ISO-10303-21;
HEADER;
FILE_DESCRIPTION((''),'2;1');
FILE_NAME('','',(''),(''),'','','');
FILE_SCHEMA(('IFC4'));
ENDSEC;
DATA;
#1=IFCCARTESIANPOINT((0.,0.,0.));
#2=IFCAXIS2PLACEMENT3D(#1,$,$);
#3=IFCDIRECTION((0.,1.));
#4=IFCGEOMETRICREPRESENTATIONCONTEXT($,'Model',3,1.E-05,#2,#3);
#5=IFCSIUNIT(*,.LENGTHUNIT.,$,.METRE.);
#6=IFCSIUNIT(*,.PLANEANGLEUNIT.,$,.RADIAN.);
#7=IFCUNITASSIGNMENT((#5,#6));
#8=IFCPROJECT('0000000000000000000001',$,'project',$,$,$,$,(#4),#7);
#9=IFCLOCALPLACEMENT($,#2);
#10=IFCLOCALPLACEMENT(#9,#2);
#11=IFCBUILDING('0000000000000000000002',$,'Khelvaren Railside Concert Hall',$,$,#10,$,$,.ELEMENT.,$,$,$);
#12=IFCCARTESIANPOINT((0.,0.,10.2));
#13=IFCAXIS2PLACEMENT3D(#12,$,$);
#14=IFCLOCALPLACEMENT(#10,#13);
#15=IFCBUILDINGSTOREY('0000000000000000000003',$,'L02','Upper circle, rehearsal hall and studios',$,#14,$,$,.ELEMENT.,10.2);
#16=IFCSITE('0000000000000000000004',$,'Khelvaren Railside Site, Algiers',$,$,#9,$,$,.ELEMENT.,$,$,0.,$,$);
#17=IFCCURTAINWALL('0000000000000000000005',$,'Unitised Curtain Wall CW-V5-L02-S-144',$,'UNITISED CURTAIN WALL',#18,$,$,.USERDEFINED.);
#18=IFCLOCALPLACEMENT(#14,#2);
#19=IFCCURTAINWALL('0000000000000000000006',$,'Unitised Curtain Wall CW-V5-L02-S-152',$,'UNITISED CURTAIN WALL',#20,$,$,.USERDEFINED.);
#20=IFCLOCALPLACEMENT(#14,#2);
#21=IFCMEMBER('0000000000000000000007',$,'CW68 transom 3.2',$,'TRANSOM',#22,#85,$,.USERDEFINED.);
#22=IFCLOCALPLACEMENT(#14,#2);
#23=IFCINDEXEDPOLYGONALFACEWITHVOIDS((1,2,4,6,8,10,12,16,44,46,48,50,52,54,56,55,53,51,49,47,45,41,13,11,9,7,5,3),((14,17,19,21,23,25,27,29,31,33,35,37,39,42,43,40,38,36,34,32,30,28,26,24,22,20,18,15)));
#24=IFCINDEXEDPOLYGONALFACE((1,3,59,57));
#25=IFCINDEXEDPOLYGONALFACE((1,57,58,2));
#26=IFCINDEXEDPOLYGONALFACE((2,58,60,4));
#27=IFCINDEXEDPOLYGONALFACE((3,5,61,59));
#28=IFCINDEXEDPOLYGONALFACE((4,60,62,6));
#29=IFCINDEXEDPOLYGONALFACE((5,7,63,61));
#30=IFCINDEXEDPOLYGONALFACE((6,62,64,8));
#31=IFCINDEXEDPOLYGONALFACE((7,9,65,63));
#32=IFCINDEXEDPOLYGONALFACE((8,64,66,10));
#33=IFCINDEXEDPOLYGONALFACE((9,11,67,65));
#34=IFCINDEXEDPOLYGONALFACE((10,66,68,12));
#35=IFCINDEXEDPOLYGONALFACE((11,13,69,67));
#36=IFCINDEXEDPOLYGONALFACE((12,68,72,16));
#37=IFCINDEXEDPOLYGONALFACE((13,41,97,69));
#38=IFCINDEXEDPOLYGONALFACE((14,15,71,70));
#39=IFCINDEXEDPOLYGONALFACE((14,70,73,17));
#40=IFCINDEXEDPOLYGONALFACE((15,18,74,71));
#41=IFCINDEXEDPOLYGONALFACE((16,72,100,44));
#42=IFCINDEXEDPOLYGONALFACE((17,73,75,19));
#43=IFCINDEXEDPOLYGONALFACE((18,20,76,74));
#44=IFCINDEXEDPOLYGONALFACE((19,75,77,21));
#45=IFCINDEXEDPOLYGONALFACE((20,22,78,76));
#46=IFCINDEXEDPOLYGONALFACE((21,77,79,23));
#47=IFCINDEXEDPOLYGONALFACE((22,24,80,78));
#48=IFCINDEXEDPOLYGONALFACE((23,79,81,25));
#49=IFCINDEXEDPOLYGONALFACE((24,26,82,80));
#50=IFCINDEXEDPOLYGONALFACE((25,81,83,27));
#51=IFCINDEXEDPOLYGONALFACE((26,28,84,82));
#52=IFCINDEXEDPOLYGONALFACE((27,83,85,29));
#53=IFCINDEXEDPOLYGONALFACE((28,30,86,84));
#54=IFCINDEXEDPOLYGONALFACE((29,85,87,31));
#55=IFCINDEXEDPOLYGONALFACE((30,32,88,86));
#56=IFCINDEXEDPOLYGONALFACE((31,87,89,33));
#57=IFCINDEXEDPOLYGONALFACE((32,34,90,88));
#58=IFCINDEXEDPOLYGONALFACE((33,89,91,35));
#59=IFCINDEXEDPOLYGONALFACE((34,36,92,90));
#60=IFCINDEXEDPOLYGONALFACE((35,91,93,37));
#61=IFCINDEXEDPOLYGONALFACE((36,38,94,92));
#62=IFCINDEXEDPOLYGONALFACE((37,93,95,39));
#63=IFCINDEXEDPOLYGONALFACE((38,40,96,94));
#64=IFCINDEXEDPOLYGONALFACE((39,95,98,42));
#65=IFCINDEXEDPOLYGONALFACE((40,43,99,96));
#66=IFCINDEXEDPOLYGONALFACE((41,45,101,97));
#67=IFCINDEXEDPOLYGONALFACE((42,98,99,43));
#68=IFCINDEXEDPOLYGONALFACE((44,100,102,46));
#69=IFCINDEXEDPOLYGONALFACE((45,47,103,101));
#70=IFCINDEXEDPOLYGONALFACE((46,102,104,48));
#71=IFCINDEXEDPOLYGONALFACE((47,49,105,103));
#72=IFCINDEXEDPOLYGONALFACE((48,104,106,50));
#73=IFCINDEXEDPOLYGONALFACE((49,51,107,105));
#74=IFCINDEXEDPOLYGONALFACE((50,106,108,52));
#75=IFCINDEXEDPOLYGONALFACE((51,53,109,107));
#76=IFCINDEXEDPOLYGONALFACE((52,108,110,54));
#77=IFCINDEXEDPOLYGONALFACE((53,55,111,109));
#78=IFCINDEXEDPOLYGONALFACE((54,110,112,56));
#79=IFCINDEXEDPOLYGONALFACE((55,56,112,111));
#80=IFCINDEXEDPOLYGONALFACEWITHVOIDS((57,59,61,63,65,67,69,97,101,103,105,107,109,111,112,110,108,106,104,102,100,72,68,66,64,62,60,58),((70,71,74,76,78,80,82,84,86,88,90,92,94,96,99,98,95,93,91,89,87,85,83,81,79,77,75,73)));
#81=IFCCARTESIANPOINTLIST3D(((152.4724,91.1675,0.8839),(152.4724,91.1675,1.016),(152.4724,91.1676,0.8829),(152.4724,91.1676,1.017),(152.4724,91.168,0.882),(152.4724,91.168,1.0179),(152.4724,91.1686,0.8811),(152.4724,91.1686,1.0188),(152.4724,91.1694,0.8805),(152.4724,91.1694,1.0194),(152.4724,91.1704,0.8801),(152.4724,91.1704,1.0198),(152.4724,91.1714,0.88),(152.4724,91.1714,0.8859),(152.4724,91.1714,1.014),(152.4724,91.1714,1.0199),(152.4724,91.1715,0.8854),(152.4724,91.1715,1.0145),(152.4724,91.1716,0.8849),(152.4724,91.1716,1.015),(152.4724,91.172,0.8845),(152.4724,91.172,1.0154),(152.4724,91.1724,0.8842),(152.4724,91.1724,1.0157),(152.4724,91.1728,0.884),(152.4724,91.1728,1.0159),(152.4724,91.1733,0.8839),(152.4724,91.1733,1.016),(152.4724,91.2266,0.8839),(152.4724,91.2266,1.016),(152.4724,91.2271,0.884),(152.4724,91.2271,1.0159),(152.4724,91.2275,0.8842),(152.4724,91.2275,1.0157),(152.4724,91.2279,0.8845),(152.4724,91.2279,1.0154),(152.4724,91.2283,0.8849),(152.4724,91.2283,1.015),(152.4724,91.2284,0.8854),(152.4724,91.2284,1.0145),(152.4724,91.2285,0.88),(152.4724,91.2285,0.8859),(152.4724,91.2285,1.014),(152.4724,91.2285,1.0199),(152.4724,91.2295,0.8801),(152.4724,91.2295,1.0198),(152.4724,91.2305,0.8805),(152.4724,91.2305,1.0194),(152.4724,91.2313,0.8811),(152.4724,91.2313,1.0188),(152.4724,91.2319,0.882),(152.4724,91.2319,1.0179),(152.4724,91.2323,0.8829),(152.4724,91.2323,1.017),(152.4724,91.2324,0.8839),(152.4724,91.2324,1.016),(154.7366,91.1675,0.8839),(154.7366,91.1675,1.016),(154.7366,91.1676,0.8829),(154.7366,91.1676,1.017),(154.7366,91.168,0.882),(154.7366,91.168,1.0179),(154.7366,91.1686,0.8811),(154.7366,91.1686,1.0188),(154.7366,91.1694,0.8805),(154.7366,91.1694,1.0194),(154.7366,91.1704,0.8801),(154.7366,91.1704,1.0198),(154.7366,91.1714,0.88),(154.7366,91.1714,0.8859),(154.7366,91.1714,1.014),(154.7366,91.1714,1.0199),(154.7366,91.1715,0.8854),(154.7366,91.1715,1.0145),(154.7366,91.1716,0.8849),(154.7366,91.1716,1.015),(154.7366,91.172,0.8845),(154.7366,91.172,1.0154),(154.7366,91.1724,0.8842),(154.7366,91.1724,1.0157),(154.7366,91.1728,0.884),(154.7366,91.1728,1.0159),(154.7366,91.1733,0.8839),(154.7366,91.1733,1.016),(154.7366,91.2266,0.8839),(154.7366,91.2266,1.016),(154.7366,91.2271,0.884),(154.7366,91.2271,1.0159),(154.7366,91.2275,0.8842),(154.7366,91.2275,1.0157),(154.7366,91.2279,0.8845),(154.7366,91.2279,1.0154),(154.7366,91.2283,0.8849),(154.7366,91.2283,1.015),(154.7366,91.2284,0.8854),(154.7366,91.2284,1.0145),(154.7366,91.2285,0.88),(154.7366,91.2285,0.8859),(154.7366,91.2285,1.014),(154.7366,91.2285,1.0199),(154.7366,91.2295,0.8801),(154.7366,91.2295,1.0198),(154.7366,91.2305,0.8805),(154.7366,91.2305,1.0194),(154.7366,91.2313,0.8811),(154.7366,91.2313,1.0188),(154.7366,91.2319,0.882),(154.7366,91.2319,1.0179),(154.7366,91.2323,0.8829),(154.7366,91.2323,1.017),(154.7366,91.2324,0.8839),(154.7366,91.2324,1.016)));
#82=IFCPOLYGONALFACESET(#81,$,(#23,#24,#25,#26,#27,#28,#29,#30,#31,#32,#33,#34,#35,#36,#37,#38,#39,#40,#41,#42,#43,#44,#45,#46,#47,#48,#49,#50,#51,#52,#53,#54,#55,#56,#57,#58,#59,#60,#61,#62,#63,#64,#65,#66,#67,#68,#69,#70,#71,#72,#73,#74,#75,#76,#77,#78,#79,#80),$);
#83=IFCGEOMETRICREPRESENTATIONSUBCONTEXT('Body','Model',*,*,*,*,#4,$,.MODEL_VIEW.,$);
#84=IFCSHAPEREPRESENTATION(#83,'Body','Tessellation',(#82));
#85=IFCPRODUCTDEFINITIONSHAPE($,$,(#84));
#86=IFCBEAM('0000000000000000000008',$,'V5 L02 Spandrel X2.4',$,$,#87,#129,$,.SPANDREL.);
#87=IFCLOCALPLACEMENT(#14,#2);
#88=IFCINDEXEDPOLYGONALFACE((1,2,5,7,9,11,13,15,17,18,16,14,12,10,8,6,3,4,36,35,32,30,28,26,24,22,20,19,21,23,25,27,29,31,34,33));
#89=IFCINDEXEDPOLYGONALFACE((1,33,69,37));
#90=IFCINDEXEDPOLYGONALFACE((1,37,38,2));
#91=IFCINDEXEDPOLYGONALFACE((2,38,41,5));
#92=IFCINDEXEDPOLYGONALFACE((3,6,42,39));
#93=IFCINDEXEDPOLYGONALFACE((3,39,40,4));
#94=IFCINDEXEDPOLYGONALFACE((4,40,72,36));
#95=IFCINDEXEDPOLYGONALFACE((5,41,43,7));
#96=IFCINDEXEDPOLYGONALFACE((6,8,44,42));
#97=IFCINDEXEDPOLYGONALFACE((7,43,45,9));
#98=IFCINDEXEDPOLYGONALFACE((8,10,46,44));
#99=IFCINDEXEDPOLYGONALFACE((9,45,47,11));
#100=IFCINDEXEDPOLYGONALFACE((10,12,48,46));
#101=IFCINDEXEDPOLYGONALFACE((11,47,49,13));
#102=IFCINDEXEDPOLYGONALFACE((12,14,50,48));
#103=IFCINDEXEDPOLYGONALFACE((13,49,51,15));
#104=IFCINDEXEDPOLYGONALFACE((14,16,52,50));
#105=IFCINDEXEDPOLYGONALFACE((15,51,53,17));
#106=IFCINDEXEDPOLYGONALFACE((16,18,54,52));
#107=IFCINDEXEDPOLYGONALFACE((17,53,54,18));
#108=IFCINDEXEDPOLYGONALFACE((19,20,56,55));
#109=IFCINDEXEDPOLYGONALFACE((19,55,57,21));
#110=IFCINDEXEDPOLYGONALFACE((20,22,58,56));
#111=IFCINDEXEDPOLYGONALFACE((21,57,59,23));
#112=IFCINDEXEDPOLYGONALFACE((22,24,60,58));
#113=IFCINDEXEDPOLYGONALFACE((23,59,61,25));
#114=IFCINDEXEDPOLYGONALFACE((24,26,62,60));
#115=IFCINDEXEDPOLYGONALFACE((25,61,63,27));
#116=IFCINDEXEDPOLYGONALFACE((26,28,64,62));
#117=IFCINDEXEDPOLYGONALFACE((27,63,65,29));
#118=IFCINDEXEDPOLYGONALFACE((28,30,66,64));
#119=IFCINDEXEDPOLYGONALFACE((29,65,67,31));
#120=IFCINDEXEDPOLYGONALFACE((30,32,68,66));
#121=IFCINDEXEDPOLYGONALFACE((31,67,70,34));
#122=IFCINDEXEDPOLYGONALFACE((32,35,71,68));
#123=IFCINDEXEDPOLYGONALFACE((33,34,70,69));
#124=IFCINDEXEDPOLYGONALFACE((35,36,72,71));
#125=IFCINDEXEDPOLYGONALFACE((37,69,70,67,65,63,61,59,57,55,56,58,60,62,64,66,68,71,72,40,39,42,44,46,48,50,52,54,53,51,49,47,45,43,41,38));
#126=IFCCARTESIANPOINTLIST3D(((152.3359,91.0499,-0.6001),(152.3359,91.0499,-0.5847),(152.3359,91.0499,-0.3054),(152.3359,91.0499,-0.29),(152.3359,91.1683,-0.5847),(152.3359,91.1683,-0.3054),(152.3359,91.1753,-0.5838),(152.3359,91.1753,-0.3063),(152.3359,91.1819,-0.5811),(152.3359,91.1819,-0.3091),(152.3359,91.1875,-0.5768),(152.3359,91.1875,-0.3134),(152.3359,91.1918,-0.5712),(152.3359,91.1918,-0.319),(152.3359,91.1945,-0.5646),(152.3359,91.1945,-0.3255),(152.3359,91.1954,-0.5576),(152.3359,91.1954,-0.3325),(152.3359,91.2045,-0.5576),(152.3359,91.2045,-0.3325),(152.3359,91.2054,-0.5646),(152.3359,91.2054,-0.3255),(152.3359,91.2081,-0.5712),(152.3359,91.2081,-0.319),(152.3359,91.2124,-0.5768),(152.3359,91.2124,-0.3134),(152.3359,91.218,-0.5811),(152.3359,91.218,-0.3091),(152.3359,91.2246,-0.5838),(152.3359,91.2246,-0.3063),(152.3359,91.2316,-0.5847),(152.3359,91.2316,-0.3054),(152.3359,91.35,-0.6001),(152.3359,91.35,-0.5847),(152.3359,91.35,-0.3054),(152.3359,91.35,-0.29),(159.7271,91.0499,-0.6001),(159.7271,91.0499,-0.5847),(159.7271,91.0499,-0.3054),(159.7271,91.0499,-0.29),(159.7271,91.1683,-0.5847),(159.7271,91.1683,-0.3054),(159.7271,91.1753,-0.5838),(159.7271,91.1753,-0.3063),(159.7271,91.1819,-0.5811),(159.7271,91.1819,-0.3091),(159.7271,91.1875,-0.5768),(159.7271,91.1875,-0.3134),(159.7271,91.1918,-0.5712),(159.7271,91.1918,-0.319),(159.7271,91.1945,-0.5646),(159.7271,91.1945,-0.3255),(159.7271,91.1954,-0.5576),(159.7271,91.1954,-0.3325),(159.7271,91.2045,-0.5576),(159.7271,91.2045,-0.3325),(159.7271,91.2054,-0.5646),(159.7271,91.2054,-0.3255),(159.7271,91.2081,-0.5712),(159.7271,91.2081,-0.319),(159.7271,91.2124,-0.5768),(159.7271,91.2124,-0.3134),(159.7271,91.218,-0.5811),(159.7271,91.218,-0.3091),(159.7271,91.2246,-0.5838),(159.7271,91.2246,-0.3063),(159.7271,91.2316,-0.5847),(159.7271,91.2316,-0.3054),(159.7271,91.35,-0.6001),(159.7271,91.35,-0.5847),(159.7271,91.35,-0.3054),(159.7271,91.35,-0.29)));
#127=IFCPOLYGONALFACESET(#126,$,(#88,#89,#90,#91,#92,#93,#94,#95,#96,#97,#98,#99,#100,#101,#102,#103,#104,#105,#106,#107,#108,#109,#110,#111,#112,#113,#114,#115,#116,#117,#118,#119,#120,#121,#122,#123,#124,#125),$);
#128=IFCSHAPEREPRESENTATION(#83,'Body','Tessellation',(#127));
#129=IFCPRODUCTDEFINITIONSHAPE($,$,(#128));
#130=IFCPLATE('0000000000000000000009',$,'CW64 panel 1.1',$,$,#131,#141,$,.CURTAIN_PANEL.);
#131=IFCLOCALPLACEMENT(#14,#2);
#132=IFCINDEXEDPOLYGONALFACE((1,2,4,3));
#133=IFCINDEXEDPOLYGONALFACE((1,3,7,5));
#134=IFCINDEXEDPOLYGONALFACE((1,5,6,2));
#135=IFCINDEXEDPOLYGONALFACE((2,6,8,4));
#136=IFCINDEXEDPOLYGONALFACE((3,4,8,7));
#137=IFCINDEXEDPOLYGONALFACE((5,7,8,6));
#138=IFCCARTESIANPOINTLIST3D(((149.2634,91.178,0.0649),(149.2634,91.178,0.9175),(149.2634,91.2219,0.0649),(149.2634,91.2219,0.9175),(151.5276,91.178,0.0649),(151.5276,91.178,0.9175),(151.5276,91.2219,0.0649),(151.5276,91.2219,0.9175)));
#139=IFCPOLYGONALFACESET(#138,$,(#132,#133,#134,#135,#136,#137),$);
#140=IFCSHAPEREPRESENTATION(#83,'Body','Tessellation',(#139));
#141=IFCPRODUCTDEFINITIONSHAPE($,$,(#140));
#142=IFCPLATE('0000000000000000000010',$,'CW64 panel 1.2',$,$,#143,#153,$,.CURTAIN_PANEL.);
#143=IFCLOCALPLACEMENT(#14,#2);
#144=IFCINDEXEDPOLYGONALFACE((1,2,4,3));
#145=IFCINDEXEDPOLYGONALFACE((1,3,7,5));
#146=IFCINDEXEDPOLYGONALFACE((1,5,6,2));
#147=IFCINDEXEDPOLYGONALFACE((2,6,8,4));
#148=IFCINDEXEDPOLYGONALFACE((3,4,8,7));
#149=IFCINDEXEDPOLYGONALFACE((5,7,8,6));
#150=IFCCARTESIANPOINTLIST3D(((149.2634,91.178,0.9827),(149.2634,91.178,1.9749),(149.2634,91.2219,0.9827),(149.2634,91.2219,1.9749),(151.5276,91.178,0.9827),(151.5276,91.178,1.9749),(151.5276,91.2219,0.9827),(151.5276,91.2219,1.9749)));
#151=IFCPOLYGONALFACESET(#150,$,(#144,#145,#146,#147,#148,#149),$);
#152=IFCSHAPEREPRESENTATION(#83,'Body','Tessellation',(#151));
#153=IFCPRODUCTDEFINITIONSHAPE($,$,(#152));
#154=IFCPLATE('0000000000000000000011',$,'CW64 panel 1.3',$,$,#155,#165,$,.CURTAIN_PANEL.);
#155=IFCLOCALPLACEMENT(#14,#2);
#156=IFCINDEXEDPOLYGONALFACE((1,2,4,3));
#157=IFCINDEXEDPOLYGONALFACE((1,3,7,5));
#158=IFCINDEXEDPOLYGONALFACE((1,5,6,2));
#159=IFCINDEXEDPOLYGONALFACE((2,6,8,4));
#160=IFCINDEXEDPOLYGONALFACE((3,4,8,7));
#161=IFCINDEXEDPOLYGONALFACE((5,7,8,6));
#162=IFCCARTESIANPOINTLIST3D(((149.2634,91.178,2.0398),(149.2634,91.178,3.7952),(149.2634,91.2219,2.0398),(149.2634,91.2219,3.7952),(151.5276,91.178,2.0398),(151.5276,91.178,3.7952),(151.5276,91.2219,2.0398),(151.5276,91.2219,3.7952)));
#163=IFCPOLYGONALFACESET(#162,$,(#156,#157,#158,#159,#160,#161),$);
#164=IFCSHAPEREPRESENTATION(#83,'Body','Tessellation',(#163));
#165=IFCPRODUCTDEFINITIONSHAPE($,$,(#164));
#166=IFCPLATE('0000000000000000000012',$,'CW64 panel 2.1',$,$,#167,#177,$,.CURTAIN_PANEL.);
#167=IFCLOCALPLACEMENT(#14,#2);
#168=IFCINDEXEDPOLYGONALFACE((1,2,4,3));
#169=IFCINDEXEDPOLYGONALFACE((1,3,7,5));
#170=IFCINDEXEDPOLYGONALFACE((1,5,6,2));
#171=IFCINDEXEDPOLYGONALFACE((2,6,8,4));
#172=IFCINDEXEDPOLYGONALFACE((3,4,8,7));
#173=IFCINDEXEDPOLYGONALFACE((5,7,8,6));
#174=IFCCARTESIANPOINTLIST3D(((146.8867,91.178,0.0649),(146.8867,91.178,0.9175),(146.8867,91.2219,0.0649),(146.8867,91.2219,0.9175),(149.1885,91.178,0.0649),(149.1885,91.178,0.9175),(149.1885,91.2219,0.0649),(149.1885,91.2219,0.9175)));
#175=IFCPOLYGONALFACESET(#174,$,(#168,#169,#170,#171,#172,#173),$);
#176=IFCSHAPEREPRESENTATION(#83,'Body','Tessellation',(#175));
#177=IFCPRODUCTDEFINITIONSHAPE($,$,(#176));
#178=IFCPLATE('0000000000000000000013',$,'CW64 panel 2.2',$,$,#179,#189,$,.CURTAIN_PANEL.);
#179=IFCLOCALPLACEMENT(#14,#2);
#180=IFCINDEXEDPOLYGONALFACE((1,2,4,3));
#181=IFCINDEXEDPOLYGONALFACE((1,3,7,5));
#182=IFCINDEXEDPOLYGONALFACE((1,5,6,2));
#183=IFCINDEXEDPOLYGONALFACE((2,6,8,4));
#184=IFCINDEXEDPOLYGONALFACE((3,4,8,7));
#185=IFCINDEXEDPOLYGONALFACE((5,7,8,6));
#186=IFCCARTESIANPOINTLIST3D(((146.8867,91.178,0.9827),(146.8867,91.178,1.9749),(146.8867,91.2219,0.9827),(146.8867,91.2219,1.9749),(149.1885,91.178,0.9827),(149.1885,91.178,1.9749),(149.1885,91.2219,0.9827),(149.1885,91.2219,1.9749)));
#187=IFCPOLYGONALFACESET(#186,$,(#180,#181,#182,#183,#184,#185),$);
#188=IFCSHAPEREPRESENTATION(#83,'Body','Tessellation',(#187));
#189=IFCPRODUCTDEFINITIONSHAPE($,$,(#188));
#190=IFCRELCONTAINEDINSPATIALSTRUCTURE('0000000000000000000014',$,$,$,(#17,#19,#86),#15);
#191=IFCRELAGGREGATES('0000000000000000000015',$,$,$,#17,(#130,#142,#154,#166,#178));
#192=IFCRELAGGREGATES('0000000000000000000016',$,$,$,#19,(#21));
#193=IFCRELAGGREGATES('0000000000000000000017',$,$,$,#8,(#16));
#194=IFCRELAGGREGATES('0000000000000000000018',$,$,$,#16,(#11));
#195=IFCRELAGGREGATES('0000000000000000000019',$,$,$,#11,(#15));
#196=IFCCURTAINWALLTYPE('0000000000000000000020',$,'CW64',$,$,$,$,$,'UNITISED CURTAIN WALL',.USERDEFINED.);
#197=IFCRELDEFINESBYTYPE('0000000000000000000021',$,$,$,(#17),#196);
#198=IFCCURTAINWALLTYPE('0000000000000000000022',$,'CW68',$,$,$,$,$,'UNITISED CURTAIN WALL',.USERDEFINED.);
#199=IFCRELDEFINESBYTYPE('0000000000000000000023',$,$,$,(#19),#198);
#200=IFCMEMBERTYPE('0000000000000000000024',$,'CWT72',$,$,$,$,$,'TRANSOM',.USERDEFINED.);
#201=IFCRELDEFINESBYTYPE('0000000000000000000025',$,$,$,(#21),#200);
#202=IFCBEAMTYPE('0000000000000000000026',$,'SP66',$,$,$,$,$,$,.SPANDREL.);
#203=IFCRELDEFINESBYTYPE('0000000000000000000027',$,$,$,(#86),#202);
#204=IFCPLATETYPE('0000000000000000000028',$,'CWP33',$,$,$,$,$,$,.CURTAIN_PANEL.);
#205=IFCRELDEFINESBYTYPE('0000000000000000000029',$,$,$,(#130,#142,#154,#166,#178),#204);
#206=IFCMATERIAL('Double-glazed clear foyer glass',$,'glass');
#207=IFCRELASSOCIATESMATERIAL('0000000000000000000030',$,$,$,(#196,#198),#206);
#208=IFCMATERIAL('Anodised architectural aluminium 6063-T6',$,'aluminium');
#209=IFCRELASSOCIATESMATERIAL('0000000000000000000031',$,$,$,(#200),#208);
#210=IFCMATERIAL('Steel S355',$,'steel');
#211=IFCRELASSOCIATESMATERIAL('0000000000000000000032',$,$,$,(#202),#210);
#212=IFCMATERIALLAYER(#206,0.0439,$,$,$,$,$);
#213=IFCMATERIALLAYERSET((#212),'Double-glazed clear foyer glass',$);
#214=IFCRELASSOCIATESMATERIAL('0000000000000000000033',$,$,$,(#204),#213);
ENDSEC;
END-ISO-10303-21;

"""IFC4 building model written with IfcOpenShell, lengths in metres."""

from ifc_helpers import new_model, si_unit, direction, frame, origin, origin_2d, place, context, subcontext, project, spatial, rectangle, hollow_rectangle, i_section, extrude, material, layer, layer_set, material_profile, profile_set, type_object, element, aggregate, save


model = new_model("IFC4")

# Units and contexts
model_context = context("Model", 3, precision=1e-05, world=origin(), true_north=direction((0.0, 1.0)))
body_context = subcontext(model_context, "Body", "Model", "MODEL_VIEW")
ifc_project = project(units=[si_unit("LENGTHUNIT", "METRE"), si_unit("PLANEANGLEUNIT", "RADIAN")], contexts=[model_context])

# Site, building, storey
site_placement = place(None, origin())
site = spatial("IfcSite", under=ifc_project, at=site_placement, Name="Khelvaren Railside Site, Algiers", CompositionType="ELEMENT", RefElevation=0.0)
building_placement = place(site_placement, origin())
building = spatial("IfcBuilding", under=site, at=building_placement, Name="Khelvaren Railside Concert Hall", CompositionType="ELEMENT")
storey_placement = place(building_placement, frame((0.0, 0.0, 10.2)))
storey = spatial("IfcBuildingStorey", under=building, at=storey_placement, Name="L02", Description="Upper circle, rehearsal hall and studios", CompositionType="ELEMENT", Elevation=10.2)

# Curtain wall
ifc_material_1 = material(Name="Double-glazed clear foyer glass", Category="glass")
curtain_wall_type_1 = type_object("IfcCurtainWallType", Name="CW64", ElementType="UNITISED CURTAIN WALL", PredefinedType="USERDEFINED", material=ifc_material_1)
curtain_wall_1_placement = place(storey_placement, origin())
curtain_wall_1 = element("IfcCurtainWall", 1, at=curtain_wall_1_placement, inside=storey, type_object=curtain_wall_type_1, Name="Unitised Curtain Wall CW-V5-L02-S-144", ObjectType="UNITISED CURTAIN WALL", PredefinedType="USERDEFINED")
ifc_material_2 = material(Name="Anodised architectural aluminium 6063-T6", Category="aluminium")

# Curtain wall
curtain_wall_type_2 = type_object("IfcCurtainWallType", Name="CW68", ElementType="UNITISED CURTAIN WALL", PredefinedType="USERDEFINED", material=ifc_material_1)
curtain_wall_2_placement = place(storey_placement, origin())
curtain_wall_2 = element("IfcCurtainWall", 2, at=curtain_wall_2_placement, inside=storey, type_object=curtain_wall_type_2, Name="Unitised Curtain Wall CW-V5-L02-S-152", ObjectType="UNITISED CURTAIN WALL", PredefinedType="USERDEFINED")

# Member
ifc_material_profile_1 = material_profile(ifc_material_2, hollow_rectangle(XDim=0.0649, YDim=0.1399, WallThickness=0.0039, InnerFilletRadius=0.002, OuterFilletRadius=0.0039, at=origin_2d()), Name="CWT 65x140x4")
ifc_profile_set_1 = profile_set([ifc_material_profile_1], Name="Anodised architectural aluminium 6063-T6")
member_type_1 = type_object("IfcMemberType", Name="CWT72", ElementType="TRANSOM", PredefinedType="USERDEFINED", material=ifc_profile_set_1)
member_1_placement = place(storey_placement, frame((154.7366, 91.2, 0.95), z_axis=(-1.0, 0.0, 0.0), x_axis=(0.0, -1.0, 0.0)))
member_1 = element("IfcMember", 3, at=member_1_placement, type_object=member_type_1, Name="CW68 transom 3.2", ObjectType="TRANSOM", PredefinedType="USERDEFINED", context=body_context, shape_type="SweptSolid", body=[
    extrude(hollow_rectangle(XDim=0.0649, YDim=0.1399, WallThickness=0.0039, InnerFilletRadius=0.002, OuterFilletRadius=0.0039, at=origin_2d()), origin(), (0.0, 0.0, 1.0), 2.2642),
])

# Beam
ifc_material_3 = material(Name="Steel S355", Category="steel")
ifc_material_profile_2 = material_profile(ifc_material_3, i_section(OverallWidth=0.3, OverallDepth=0.3101, WebThickness=0.009, FlangeThickness=0.0154, FilletRadius=0.0271, at=origin_2d()), Name="HEA 320")
ifc_profile_set_2 = profile_set([ifc_material_profile_2], Name="Steel S355")
beam_type = type_object("IfcBeamType", Name="SP66", PredefinedType="SPANDREL", material=ifc_profile_set_2)
beam_placement = place(storey_placement, frame((152.3359, 91.2, -0.4451), z_axis=(1.0, 0.0, 0.0), x_axis=(0.0, 1.0, 0.0)))
element("IfcBeam", 4, at=beam_placement, inside=storey, type_object=beam_type, Name="V5 L02 Spandrel X2.4", PredefinedType="SPANDREL", context=body_context, shape_type="SweptSolid", body=[
    extrude(i_section(OverallWidth=0.3, OverallDepth=0.3101, WebThickness=0.009, FlangeThickness=0.0154, FilletRadius=0.0271, at=origin_2d()), origin(), (0.0, 0.0, 1.0), 7.3911),
])

# Plates
ifc_layer_1 = layer(ifc_material_1, 0.0439)
ifc_layer_set_1 = layer_set([ifc_layer_1], Name="Double-glazed clear foyer glass")
plate_type = type_object("IfcPlateType", Name="CWP33", PredefinedType="CURTAIN_PANEL", material=ifc_layer_set_1)
plate_1_placement = place(storey_placement, frame((150.3955, 91.2, 0.0649), z_axis=(0.0, 0.0, 1.0), x_axis=(-1.0, 0.0, 0.0)))
plate_1 = element("IfcPlate", 5, at=plate_1_placement, type_object=plate_type, Name="CW64 panel 1.1", PredefinedType="CURTAIN_PANEL", context=body_context, shape_type="SweptSolid", body=[
    extrude(rectangle(XDim=2.2642, YDim=0.0439, at=origin_2d()), origin(), (0.0, 0.0, 1.0), 0.8525),
])
plate_2_placement = place(storey_placement, frame((150.3955, 91.2, 0.9827), z_axis=(0.0, 0.0, 1.0), x_axis=(-1.0, 0.0, 0.0)))
plate_2 = element("IfcPlate", 6, at=plate_2_placement, type_object=plate_type, Name="CW64 panel 1.2", PredefinedType="CURTAIN_PANEL", context=body_context, shape_type="SweptSolid", body=[
    extrude(rectangle(XDim=2.2642, YDim=0.0439, at=origin_2d()), origin(), (0.0, 0.0, 1.0), 0.9922),
])
plate_3_placement = place(storey_placement, frame((150.3955, 91.2, 2.0398), z_axis=(0.0, 0.0, 1.0), x_axis=(-1.0, 0.0, 0.0)))
plate_3 = element("IfcPlate", 7, at=plate_3_placement, type_object=plate_type, Name="CW64 panel 1.3", PredefinedType="CURTAIN_PANEL", context=body_context, shape_type="SweptSolid", body=[
    extrude(rectangle(XDim=2.2642, YDim=0.0439, at=origin_2d()), origin(), (0.0, 0.0, 1.0), 1.7554),
])
plate_4_placement = place(storey_placement, frame((148.0376, 91.2, 0.0649), z_axis=(0.0, 0.0, 1.0), x_axis=(-1.0, 0.0, 0.0)))
plate_4 = element("IfcPlate", 8, at=plate_4_placement, type_object=plate_type, Name="CW64 panel 2.1", PredefinedType="CURTAIN_PANEL", context=body_context, shape_type="SweptSolid", body=[
    extrude(rectangle(XDim=2.3018, YDim=0.0439, at=origin_2d()), origin(), (0.0, 0.0, 1.0), 0.8525),
])
plate_5_placement = place(storey_placement, frame((148.0376, 91.2, 0.9827), z_axis=(0.0, 0.0, 1.0), x_axis=(-1.0, 0.0, 0.0)))
plate_5 = element("IfcPlate", 9, at=plate_5_placement, type_object=plate_type, Name="CW64 panel 2.2", PredefinedType="CURTAIN_PANEL", context=body_context, shape_type="SweptSolid", body=[
    extrude(rectangle(XDim=2.3018, YDim=0.0439, at=origin_2d()), origin(), (0.0, 0.0, 1.0), 0.9922),
])
aggregate(curtain_wall_1, [plate_1, plate_2, plate_3, plate_4, plate_5])
aggregate(curtain_wall_2, [member_1])

save(model, "model.ifc")
